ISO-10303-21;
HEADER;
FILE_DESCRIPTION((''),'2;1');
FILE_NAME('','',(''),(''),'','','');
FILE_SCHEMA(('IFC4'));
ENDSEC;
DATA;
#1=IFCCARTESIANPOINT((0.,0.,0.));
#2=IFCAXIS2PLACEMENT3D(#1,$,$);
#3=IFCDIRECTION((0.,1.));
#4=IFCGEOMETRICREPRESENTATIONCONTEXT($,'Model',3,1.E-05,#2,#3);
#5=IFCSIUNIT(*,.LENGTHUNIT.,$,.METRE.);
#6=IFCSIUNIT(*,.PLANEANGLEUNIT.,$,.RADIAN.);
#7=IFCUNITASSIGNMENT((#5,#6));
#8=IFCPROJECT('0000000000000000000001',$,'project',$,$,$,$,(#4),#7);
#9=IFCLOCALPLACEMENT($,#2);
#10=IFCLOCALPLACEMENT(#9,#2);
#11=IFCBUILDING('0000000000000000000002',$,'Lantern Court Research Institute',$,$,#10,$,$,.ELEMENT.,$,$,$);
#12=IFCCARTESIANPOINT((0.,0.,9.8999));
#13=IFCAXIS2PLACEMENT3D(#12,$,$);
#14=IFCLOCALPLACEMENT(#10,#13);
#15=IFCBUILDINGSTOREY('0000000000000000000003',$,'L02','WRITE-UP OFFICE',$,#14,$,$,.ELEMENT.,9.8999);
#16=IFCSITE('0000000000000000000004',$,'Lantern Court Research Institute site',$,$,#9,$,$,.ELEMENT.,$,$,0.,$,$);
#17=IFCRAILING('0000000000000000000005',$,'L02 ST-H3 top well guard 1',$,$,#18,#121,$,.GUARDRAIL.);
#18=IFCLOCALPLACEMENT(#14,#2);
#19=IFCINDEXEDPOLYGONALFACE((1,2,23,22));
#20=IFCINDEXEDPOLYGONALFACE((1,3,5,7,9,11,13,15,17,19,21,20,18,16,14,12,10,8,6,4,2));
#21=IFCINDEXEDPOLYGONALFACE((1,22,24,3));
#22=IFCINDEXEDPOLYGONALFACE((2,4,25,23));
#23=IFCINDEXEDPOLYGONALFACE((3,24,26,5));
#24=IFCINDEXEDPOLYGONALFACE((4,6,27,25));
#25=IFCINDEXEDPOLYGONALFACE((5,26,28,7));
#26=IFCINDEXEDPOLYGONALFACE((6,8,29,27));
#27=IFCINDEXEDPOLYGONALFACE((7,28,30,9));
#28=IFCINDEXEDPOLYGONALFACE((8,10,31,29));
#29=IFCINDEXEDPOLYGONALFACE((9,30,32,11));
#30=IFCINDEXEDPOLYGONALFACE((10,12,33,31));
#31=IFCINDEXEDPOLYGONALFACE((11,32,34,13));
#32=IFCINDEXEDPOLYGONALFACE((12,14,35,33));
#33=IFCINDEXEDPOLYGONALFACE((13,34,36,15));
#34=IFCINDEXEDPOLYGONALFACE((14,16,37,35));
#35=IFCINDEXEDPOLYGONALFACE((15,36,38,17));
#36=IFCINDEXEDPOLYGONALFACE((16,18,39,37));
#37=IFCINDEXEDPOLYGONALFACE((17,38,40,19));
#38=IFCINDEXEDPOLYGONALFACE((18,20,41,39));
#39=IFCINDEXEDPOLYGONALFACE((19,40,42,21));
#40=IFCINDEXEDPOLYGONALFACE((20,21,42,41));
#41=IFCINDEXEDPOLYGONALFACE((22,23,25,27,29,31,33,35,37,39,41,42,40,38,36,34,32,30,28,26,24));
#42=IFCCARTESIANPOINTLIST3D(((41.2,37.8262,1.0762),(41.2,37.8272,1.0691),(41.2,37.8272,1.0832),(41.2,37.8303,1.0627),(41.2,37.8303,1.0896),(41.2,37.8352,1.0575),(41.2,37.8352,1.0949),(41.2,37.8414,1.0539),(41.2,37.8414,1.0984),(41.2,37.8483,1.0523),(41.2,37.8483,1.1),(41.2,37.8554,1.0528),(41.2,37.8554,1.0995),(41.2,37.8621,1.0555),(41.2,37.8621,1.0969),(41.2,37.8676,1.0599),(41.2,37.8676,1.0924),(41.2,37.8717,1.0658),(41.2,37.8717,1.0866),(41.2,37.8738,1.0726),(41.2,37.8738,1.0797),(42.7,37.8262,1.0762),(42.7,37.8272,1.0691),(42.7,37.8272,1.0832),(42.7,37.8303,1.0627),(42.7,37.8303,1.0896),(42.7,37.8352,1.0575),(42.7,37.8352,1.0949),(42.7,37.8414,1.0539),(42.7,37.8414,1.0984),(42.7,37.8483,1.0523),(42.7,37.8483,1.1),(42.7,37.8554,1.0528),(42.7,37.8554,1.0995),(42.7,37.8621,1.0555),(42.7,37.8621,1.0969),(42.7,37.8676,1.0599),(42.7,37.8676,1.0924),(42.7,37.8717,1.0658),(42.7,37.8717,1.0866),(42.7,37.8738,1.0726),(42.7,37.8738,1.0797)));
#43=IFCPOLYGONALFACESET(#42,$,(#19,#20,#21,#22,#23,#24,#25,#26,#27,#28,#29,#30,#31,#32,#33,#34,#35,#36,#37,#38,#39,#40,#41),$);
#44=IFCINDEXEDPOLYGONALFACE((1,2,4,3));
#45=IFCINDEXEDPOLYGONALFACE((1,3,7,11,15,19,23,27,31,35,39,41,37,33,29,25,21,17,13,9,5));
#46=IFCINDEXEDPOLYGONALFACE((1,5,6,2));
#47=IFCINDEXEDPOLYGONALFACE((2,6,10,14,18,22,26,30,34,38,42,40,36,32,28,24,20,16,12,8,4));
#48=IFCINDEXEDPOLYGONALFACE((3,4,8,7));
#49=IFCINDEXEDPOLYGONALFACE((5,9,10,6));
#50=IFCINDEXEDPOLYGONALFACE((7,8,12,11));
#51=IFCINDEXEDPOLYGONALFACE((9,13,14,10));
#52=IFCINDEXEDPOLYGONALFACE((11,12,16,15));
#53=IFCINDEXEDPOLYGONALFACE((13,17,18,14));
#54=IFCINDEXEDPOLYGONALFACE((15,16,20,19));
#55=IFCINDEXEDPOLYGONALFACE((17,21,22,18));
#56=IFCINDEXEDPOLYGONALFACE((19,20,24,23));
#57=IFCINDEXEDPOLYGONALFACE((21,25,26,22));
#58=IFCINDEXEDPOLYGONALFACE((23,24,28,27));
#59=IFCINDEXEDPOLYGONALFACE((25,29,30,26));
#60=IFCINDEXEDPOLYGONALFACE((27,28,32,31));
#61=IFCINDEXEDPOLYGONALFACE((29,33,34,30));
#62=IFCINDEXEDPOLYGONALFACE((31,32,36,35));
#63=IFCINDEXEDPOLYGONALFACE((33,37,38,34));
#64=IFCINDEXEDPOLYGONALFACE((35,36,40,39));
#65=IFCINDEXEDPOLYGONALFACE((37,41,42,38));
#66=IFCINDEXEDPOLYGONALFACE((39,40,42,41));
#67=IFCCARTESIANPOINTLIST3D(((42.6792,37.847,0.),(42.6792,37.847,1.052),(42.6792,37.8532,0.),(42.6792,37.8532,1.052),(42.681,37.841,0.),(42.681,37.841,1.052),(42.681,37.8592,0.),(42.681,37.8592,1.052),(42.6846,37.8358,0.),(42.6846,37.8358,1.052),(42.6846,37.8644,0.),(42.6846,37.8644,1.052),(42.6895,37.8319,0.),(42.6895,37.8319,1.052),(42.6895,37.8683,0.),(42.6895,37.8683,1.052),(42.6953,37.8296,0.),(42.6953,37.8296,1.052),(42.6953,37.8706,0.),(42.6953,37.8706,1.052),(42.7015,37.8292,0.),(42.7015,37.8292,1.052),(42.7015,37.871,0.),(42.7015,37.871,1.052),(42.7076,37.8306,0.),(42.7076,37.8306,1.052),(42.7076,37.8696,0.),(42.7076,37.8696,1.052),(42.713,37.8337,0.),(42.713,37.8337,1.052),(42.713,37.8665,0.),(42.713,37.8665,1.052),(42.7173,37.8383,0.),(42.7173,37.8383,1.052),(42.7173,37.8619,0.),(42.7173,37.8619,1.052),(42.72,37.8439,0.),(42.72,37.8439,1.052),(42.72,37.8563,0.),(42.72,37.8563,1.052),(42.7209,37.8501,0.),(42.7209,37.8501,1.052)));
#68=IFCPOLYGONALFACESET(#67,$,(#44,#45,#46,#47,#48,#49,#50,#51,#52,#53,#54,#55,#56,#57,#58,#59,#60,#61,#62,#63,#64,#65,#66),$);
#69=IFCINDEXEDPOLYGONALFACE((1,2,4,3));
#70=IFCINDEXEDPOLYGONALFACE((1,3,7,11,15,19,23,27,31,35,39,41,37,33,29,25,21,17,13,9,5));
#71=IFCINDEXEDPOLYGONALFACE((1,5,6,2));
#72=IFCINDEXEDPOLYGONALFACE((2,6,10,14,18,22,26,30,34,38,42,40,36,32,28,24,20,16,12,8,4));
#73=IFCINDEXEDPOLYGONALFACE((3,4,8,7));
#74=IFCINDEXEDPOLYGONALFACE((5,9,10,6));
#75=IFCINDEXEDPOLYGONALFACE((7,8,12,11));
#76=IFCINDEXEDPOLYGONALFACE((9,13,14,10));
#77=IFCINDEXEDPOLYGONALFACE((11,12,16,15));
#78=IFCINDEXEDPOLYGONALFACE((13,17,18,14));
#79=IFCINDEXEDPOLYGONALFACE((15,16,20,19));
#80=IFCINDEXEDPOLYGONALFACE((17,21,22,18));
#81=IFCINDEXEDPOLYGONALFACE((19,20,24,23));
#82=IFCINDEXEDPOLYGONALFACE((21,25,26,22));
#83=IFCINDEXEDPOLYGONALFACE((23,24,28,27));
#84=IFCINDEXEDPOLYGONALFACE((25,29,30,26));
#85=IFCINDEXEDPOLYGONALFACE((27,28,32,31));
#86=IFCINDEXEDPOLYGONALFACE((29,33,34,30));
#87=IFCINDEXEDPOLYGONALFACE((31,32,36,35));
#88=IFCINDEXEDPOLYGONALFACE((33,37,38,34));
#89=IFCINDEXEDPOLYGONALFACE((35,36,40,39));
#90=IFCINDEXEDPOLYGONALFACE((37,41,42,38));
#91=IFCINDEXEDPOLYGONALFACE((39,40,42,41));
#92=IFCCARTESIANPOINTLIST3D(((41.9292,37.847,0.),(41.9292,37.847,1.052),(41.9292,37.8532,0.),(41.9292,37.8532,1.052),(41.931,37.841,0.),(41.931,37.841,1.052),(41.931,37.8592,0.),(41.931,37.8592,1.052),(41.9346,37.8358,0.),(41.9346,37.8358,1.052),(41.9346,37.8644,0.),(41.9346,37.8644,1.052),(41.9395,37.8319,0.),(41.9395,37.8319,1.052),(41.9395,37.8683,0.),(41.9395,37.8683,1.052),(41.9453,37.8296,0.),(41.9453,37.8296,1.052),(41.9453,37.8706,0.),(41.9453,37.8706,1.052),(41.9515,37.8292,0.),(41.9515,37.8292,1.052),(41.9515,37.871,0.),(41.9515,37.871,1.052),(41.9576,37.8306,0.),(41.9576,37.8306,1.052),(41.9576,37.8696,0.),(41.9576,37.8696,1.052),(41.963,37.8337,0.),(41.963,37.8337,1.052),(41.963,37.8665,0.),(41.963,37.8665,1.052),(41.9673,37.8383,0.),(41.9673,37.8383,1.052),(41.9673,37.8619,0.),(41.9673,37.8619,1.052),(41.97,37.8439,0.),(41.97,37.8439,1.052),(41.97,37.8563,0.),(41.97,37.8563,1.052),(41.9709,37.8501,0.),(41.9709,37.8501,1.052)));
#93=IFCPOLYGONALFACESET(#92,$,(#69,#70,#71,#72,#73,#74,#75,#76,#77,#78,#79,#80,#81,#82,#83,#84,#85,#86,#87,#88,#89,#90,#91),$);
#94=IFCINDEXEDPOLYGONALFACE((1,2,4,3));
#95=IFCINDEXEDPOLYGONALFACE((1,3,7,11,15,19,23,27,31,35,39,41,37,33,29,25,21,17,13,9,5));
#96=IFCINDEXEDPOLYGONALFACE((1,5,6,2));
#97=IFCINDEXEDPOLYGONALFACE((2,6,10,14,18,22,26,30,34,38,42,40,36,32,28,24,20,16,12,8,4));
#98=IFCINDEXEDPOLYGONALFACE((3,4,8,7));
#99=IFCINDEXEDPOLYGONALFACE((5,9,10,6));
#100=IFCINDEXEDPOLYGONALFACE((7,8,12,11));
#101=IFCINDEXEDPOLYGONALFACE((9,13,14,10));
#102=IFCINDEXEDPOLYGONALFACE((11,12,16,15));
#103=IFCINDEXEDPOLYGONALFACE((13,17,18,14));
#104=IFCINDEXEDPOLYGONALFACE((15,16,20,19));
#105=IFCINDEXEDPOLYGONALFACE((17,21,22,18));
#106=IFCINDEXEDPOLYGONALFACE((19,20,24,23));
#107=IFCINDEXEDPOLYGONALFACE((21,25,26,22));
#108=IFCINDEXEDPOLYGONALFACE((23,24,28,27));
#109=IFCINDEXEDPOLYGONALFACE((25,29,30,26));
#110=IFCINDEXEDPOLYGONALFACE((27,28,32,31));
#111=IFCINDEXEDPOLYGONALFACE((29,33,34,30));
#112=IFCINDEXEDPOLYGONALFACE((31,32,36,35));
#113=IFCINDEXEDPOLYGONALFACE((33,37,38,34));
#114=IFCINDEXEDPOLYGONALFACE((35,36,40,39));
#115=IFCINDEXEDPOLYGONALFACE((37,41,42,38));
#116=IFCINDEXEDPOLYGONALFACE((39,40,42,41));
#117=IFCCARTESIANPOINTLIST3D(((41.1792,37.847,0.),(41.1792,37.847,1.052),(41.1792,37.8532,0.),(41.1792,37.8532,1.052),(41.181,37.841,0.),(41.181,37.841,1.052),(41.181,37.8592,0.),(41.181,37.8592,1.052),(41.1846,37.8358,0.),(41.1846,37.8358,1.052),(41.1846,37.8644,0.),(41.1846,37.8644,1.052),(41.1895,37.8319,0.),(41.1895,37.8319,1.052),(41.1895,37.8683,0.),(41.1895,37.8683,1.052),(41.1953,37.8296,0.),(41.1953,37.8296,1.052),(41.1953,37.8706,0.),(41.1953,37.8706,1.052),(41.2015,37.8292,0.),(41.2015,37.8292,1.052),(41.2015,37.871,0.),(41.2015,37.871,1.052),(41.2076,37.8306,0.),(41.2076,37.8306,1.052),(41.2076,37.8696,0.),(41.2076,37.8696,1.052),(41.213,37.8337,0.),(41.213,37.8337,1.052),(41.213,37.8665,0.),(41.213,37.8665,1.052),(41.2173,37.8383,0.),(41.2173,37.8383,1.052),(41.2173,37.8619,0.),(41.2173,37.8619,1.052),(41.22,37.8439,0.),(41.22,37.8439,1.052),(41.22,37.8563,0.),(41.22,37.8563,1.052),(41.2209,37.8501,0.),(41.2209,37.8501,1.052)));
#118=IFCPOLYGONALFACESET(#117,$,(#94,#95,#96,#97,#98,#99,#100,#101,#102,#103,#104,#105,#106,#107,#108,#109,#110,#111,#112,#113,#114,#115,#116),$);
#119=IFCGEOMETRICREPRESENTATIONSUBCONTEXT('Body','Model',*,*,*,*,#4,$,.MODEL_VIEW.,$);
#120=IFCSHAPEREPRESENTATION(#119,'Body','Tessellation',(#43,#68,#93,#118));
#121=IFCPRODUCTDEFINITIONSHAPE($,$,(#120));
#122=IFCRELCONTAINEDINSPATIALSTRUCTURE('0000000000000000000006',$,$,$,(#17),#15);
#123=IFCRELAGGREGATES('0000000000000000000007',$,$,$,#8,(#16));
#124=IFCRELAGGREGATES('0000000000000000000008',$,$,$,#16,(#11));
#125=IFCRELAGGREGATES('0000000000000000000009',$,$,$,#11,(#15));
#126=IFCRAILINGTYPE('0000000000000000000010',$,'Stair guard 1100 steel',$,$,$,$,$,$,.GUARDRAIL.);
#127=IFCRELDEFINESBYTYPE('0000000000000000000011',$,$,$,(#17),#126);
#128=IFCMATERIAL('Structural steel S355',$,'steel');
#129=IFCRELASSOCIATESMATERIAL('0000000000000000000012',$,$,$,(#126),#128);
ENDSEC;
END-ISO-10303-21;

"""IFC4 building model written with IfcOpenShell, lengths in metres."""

from ifc_helpers import new_model, si_unit, direction, frame, origin, origin_2d, place, context, subcontext, project, spatial, circle, extrude, material, type_object, element, save


model = new_model("IFC4")

# Units and contexts
model_context = context("Model", 3, precision=1e-05, world=origin(), true_north=direction((0.0, 1.0)))
body_context = subcontext(model_context, "Body", "Model", "MODEL_VIEW")
ifc_project = project(units=[si_unit("LENGTHUNIT", "METRE"), si_unit("PLANEANGLEUNIT", "RADIAN")], contexts=[model_context])

# Site, building, storey
site_placement = place(None, origin())
site = spatial("IfcSite", under=ifc_project, at=site_placement, Name="Lantern Court Research Institute site", CompositionType="ELEMENT", RefElevation=0.0)
building_placement = place(site_placement, origin())
building = spatial("IfcBuilding", under=site, at=building_placement, Name="Lantern Court Research Institute", CompositionType="ELEMENT")
storey_placement = place(building_placement, frame((0.0, 0.0, 9.8999)))
storey = spatial("IfcBuildingStorey", under=building, at=storey_placement, Name="L02", Description="WRITE-UP OFFICE", CompositionType="ELEMENT", Elevation=9.8999)

# Railing
ifc_material_1 = material(Name="Structural steel S355", Category="steel")
railing_type_1 = type_object("IfcRailingType", Name="Stair guard 1100 steel", PredefinedType="GUARDRAIL", material=ifc_material_1)
railing_1_placement = place(storey_placement, frame((42.7, 37.8501, 0.0)))
element("IfcRailing", 1, at=railing_1_placement, inside=storey, type_object=railing_type_1, Name="L02 ST-H3 top well guard 1", PredefinedType="GUARDRAIL", context=body_context, shape_type="SweptSolid", body=[
    extrude(circle(Radius=0.0239, at=origin_2d()), frame((0.0, 0.0, 1.0762), z_axis=(-1.0, 0.0, 0.0), x_axis=(0.0, -1.0, 0.0)), (0.0, 0.0, 1.0), 1.5),
    extrude(circle(Radius=0.021, at=origin_2d()), origin(), (0.0, 0.0, 1.0), 1.052),
    extrude(circle(Radius=0.021, at=origin_2d()), frame((-0.75, 0.0, 0.0)), (0.0, 0.0, 1.0), 1.052),
    extrude(circle(Radius=0.021, at=origin_2d()), frame((-1.5, 0.0, 0.0)), (0.0, 0.0, 1.0), 1.052),
])

save(model, "model.ifc")
